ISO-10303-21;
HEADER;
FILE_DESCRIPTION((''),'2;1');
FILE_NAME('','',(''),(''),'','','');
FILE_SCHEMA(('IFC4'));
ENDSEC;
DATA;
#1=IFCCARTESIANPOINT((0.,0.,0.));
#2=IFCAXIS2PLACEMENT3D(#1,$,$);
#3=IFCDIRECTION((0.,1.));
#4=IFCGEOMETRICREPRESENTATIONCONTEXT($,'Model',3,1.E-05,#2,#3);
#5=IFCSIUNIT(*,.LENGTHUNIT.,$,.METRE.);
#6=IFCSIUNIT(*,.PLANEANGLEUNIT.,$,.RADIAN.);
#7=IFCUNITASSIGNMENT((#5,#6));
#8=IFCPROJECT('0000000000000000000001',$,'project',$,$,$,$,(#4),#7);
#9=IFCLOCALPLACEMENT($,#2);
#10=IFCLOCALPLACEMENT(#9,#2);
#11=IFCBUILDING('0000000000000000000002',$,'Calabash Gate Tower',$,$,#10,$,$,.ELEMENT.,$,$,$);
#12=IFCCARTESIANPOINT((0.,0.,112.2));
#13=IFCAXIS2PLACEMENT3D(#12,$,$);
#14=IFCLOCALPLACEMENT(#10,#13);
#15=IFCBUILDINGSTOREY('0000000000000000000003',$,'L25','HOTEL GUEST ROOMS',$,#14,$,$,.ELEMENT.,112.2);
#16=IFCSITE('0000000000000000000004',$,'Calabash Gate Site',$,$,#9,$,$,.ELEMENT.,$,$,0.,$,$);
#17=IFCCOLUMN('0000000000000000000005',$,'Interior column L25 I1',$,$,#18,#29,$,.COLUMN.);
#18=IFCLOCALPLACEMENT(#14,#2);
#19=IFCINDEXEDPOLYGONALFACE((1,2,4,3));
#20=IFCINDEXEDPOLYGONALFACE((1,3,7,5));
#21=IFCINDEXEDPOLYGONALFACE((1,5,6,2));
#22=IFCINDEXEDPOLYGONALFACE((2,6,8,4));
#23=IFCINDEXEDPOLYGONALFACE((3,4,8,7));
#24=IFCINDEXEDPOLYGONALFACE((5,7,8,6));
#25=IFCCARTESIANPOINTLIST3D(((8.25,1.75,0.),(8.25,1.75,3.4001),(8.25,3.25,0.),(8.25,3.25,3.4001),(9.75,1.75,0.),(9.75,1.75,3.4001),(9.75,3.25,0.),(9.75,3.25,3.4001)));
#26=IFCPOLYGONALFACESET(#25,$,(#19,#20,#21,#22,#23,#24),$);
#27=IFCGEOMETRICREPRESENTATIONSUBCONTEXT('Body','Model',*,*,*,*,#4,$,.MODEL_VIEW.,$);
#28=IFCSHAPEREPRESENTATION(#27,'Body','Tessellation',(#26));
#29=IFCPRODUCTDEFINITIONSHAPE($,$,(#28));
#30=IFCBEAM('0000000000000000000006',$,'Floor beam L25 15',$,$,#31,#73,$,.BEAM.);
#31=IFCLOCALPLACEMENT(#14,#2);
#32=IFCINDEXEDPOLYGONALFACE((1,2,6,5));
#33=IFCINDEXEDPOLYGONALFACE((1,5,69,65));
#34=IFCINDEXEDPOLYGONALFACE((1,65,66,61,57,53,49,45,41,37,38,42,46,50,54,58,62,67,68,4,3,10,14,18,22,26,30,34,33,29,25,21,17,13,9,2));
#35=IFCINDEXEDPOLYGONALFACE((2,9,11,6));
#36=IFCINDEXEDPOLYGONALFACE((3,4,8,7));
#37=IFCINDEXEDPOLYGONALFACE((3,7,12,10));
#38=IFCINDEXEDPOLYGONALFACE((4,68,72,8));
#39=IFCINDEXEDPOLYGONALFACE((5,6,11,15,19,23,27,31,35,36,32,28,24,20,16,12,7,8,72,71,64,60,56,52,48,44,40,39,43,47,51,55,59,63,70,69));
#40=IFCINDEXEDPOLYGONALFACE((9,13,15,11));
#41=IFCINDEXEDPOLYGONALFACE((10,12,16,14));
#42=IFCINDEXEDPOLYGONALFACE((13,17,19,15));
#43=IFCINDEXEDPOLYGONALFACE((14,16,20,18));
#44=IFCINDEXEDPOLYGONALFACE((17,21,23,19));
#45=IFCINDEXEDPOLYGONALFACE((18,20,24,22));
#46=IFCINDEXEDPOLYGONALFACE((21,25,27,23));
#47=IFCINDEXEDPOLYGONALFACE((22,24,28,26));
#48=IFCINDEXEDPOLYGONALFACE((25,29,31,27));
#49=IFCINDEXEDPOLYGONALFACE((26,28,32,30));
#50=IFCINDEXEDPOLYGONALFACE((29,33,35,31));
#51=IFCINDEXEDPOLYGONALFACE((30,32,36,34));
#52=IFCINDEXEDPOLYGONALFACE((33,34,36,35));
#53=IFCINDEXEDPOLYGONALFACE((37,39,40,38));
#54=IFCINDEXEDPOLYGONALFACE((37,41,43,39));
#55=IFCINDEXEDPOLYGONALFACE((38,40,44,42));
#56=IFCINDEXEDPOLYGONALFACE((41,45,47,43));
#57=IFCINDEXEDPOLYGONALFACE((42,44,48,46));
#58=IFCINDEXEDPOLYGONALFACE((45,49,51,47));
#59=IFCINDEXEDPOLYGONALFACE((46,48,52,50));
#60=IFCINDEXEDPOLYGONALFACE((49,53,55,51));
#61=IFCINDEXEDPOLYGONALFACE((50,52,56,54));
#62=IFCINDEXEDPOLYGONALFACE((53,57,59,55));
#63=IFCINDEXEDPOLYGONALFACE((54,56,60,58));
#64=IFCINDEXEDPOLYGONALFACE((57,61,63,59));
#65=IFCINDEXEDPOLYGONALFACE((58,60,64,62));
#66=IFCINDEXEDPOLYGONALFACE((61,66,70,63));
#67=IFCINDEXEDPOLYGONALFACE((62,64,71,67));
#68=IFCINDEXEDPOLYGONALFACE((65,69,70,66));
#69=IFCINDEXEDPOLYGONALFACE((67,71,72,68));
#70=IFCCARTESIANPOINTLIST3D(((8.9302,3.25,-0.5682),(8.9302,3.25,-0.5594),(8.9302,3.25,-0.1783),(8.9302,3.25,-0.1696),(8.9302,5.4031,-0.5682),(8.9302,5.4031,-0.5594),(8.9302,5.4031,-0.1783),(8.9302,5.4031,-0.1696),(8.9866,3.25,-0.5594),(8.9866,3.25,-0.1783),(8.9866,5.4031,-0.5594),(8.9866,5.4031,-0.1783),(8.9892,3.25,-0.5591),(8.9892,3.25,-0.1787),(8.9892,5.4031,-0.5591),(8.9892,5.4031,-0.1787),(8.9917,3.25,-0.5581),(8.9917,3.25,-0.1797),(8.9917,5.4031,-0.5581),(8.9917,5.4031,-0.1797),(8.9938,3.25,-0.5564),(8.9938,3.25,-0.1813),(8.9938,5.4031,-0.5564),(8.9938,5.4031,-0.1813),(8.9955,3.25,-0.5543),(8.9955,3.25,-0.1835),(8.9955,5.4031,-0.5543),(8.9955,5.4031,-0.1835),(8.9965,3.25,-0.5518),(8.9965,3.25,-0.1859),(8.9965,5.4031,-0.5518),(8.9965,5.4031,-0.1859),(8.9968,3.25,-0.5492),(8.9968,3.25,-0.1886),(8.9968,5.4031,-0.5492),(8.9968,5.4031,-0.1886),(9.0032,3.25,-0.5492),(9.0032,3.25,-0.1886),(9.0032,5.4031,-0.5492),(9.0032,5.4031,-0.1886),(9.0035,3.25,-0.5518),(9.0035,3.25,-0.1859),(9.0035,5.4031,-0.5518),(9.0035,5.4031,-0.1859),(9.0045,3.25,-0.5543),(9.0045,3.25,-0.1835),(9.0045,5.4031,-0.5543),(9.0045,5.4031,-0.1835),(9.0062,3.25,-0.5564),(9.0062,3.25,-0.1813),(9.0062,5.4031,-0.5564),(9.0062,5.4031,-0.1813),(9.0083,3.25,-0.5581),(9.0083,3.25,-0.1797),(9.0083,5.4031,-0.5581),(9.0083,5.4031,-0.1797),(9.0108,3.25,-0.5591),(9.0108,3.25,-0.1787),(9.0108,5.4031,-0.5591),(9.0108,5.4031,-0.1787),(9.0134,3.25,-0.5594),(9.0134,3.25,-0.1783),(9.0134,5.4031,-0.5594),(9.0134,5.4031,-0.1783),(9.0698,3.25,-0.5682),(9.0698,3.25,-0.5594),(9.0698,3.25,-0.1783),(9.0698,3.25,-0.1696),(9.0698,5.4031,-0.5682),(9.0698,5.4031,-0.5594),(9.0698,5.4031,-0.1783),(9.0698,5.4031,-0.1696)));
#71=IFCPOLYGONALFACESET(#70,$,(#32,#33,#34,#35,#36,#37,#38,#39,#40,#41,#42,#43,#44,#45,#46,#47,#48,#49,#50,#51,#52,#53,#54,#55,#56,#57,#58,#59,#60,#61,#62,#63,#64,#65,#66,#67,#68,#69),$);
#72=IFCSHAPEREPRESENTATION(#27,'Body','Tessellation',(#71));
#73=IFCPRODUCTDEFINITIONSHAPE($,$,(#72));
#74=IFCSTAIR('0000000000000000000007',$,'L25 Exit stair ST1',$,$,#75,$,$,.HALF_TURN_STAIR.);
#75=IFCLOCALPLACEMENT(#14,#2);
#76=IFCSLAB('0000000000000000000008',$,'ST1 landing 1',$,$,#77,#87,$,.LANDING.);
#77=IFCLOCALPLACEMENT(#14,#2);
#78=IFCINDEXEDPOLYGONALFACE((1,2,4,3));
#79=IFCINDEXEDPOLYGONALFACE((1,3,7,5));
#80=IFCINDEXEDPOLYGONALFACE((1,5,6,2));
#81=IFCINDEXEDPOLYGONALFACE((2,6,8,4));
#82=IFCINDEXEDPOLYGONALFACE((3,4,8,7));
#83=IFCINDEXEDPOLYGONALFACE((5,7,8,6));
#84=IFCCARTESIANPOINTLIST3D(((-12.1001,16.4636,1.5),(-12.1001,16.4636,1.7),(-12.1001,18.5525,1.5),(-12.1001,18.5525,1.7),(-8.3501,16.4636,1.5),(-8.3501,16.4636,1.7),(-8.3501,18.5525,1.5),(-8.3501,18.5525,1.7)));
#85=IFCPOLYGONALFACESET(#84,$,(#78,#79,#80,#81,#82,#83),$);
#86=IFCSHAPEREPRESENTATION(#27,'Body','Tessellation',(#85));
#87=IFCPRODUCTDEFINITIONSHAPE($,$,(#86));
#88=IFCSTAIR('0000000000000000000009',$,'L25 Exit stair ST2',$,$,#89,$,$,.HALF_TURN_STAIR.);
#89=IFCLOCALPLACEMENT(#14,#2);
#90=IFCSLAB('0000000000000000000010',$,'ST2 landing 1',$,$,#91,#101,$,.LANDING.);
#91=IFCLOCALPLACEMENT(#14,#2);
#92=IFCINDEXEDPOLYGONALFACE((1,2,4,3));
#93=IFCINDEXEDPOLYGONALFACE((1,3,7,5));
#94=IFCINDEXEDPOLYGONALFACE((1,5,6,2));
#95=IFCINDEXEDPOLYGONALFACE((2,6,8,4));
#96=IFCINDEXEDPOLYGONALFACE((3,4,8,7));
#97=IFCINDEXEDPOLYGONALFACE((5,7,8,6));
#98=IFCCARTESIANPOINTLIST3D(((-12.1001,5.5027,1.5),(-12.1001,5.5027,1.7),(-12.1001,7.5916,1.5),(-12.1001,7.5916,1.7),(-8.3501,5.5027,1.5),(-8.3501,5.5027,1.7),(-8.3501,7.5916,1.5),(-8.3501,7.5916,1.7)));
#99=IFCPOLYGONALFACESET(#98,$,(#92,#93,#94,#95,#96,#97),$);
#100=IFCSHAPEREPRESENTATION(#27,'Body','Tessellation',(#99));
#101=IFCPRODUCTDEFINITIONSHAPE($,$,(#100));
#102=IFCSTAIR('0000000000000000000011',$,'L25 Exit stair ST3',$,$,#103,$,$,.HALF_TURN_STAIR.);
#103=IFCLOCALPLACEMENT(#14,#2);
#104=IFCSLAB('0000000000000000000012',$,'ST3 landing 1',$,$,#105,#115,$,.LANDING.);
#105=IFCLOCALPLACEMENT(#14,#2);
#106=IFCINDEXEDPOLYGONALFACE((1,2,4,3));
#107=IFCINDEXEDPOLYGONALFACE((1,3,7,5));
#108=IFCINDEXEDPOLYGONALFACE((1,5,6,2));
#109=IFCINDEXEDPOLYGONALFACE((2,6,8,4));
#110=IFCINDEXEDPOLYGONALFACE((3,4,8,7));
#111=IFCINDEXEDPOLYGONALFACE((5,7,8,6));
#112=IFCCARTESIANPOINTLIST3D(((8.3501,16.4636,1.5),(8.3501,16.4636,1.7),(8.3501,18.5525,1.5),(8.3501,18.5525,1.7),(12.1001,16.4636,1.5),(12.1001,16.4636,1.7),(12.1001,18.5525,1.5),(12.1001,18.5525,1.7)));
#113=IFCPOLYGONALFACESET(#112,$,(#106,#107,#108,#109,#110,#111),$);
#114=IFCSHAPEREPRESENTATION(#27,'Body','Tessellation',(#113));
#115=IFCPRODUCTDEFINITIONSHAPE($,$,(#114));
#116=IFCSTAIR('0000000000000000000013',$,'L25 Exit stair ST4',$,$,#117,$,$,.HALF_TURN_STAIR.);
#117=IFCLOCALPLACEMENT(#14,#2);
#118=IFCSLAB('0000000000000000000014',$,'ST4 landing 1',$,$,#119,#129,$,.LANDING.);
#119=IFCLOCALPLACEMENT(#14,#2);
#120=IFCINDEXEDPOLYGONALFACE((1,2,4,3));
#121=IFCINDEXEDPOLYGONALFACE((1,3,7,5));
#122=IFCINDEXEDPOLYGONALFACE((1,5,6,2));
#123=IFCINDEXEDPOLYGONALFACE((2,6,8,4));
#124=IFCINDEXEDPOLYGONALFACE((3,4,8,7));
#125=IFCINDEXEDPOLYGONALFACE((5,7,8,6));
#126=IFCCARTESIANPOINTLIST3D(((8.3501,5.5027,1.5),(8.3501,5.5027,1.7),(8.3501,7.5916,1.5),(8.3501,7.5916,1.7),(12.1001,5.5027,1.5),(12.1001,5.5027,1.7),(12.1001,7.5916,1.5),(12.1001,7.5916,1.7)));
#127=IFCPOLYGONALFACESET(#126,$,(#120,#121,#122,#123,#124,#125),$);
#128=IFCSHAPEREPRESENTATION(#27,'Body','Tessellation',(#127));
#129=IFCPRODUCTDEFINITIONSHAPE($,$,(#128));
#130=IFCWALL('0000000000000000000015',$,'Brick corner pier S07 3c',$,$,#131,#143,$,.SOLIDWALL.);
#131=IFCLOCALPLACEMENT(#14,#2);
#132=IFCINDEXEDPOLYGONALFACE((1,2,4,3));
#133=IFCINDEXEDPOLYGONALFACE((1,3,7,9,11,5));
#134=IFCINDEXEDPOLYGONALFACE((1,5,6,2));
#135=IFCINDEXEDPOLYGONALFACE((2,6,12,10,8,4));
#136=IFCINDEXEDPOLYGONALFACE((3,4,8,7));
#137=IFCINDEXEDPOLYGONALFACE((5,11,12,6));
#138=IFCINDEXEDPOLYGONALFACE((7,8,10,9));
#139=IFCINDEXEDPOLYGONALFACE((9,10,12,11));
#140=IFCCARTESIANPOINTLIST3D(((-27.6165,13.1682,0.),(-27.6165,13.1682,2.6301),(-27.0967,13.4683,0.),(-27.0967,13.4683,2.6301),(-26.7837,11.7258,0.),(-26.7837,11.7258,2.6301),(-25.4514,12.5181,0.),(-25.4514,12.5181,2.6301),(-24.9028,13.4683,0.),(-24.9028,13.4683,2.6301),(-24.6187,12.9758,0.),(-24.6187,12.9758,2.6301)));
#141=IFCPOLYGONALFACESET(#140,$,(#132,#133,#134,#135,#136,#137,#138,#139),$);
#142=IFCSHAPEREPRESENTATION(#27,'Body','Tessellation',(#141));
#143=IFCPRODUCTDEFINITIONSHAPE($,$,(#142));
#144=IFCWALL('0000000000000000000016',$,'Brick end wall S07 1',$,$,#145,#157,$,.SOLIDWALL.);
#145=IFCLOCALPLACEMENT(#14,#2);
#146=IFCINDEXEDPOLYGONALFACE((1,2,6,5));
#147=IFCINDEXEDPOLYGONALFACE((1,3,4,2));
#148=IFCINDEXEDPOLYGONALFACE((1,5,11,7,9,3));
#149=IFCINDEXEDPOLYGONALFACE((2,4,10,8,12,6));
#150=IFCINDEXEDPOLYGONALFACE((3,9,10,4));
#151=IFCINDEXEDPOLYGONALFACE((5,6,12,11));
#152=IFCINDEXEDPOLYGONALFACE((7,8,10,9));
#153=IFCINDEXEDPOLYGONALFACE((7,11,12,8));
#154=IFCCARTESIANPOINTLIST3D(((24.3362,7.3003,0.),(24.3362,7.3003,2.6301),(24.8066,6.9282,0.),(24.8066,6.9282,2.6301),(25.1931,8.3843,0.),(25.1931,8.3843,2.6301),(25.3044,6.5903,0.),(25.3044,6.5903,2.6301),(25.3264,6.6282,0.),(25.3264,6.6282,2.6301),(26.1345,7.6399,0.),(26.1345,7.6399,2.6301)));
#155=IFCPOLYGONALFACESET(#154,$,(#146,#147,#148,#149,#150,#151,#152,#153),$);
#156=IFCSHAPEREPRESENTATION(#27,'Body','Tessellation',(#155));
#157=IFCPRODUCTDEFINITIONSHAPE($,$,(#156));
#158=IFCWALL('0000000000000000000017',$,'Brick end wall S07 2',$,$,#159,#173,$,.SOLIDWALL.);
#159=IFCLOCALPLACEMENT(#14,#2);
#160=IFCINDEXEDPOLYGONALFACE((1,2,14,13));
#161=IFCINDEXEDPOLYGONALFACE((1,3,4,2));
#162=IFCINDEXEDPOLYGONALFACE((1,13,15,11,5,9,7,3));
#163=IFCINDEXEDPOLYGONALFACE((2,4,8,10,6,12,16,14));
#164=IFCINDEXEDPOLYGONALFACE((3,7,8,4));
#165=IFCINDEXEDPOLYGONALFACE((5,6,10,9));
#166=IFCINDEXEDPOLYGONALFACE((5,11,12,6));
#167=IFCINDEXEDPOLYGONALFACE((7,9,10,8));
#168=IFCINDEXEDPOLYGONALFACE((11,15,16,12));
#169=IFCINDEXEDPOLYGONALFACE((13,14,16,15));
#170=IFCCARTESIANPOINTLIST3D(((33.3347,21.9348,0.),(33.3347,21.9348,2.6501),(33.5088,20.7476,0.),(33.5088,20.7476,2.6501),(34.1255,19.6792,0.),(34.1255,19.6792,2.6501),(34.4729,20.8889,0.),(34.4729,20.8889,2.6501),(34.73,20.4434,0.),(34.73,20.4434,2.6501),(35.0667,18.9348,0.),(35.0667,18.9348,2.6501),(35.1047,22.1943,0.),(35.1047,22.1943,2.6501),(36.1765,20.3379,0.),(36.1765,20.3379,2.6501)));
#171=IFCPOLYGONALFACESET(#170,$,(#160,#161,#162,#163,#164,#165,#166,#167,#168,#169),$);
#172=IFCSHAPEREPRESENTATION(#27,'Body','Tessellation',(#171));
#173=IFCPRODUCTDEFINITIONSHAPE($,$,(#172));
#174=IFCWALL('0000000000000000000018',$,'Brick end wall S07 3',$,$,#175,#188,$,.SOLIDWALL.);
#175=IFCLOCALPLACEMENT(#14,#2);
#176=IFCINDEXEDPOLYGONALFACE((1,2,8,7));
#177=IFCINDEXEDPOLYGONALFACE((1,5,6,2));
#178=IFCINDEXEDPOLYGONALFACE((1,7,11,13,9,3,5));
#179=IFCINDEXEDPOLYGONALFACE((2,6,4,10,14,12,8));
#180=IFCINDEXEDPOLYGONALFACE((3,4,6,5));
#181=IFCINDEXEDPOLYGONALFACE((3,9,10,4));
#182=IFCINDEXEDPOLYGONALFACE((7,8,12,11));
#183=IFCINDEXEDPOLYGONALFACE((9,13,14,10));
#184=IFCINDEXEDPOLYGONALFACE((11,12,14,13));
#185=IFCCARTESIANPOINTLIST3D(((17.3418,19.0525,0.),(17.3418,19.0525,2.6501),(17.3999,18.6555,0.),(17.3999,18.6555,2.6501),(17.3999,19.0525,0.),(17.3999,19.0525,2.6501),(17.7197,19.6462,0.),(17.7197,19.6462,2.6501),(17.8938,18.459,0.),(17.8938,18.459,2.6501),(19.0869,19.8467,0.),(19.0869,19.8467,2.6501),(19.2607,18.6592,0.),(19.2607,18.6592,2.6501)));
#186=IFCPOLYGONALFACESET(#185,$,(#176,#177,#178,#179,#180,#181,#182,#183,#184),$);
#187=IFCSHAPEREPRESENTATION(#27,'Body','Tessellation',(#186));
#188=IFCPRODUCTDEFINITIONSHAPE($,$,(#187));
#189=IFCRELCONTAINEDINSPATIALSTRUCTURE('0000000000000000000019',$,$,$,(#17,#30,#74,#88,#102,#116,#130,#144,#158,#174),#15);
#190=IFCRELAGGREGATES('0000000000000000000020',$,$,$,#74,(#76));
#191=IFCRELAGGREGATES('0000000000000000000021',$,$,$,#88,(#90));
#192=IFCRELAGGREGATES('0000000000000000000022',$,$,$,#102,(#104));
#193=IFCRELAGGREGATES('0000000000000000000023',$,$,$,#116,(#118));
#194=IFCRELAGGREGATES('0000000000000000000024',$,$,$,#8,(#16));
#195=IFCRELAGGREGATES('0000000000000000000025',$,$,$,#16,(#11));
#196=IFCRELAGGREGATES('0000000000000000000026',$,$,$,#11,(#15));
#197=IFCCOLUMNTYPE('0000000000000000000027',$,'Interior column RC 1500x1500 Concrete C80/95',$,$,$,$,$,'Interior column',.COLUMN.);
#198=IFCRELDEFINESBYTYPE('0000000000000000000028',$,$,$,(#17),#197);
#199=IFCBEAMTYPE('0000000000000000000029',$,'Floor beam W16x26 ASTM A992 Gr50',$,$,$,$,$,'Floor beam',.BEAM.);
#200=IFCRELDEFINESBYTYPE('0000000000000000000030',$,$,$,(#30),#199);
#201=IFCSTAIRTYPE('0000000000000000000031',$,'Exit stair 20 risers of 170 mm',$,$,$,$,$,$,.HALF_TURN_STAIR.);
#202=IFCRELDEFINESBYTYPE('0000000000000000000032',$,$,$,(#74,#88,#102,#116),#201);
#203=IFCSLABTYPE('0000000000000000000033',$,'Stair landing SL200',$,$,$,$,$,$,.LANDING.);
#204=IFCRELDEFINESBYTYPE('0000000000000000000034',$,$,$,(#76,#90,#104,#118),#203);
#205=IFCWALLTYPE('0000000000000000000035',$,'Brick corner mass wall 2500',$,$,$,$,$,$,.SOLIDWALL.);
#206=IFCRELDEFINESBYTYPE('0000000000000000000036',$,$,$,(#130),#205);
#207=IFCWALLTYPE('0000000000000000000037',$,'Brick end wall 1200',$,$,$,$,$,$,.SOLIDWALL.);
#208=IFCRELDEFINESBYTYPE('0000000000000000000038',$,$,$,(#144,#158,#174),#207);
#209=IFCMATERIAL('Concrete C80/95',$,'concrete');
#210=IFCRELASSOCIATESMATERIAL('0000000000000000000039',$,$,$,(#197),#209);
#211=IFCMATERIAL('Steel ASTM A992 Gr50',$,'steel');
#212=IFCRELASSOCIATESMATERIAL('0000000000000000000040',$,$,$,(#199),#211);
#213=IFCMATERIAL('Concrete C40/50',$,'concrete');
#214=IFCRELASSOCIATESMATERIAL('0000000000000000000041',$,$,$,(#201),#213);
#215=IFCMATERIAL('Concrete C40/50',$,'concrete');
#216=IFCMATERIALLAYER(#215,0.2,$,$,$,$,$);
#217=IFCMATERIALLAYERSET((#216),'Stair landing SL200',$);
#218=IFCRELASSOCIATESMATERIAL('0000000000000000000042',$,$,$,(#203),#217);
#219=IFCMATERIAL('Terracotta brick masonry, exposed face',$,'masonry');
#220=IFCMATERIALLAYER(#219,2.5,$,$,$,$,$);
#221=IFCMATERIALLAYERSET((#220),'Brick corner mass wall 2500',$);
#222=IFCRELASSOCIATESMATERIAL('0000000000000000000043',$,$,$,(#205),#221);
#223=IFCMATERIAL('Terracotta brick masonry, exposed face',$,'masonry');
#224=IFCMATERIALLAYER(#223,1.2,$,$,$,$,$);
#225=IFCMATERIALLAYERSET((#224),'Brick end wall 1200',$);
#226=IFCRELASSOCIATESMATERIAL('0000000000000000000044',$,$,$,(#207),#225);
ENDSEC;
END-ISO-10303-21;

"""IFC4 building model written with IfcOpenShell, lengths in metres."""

from ifc_helpers import new_model, si_unit, direction, frame, origin, origin_2d, place, context, subcontext, project, spatial, polyline, rectangle, i_section, outline, extrude, material, layer, layer_set, material_profile, profile_set, type_object, element, aggregate, save


model = new_model("IFC4")

# Units and contexts
model_context = context("Model", 3, precision=1e-05, world=origin(), true_north=direction((0.0, 1.0)))
body_context = subcontext(model_context, "Body", "Model", "MODEL_VIEW")
ifc_project = project(units=[si_unit("LENGTHUNIT", "METRE"), si_unit("PLANEANGLEUNIT", "RADIAN")], contexts=[model_context])

# Site, building, storey
site_placement = place(None, origin())
site = spatial("IfcSite", under=ifc_project, at=site_placement, Name="Calabash Gate Site", CompositionType="ELEMENT", RefElevation=0.0)
building_placement = place(site_placement, origin())
building = spatial("IfcBuilding", under=site, at=building_placement, Name="Calabash Gate Tower", CompositionType="ELEMENT")
storey_placement = place(building_placement, frame((0.0, 0.0, 112.2)))
storey = spatial("IfcBuildingStorey", under=building, at=storey_placement, Name="L25", Description="HOTEL GUEST ROOMS", CompositionType="ELEMENT", Elevation=112.2)

# Column
ifc_material_1 = material(Name="Concrete C80/95", Category="concrete")
ifc_material_profile_1 = material_profile(ifc_material_1, rectangle(XDim=1.5, YDim=1.5, at=origin_2d()))
ifc_profile_set_1 = profile_set([ifc_material_profile_1], Name="Concrete C80/95")
column_type = type_object("IfcColumnType", Name="Interior column RC 1500x1500 Concrete C80/95", ElementType="Interior column", PredefinedType="COLUMN", material=ifc_profile_set_1)
column_placement = place(storey_placement, frame((9.0, 2.5, 0.0), z_axis=(0.0, 0.0, 1.0), x_axis=(1.0, 0.0, 0.0)))
element("IfcColumn", 1, at=column_placement, inside=storey, type_object=column_type, Name="Interior column L25 I1", PredefinedType="COLUMN", context=body_context, shape_type="SweptSolid", body=[
    extrude(rectangle(XDim=1.5, YDim=1.5, at=origin_2d()), origin(), (0.0, 0.0, 1.0), 3.4001),
])

# Beam
ifc_material_2 = material(Name="Steel ASTM A992 Gr50", Category="steel")
ifc_material_profile_2 = material_profile(ifc_material_2, i_section(OverallWidth=0.1396, OverallDepth=0.3987, WebThickness=0.0063, FlangeThickness=0.0088, FilletRadius=0.0103, at=origin_2d()))
ifc_profile_set_2 = profile_set([ifc_material_profile_2], Name="Steel ASTM A992 Gr50")
beam_type = type_object("IfcBeamType", Name="Floor beam W16x26 ASTM A992 Gr50", ElementType="Floor beam", PredefinedType="BEAM", material=ifc_profile_set_2)
beam_placement = place(storey_placement, frame((9.0, 3.25, -0.3689), z_axis=(0.0, 1.0, 0.0), x_axis=(-1.0, 0.0, 0.0)))
element("IfcBeam", 2, at=beam_placement, inside=storey, type_object=beam_type, Name="Floor beam L25 15", PredefinedType="BEAM", context=body_context, shape_type="SweptSolid", body=[
    extrude(i_section(OverallWidth=0.1396, OverallDepth=0.3987, WebThickness=0.0063, FlangeThickness=0.0088, FilletRadius=0.0103, at=origin_2d()), origin(), (0.0, 0.0, 1.0), 2.1531),
])

# Stairs, slabs
ifc_material_3 = material(Name="Concrete C40/50", Category="concrete")
stair_type = type_object("IfcStairType", Name="Exit stair 20 risers of 170 mm", PredefinedType="HALF_TURN_STAIR", material=ifc_material_3)
stair_1_placement = place(storey_placement, origin())
stair_1 = element("IfcStair", 3, at=stair_1_placement, inside=storey, type_object=stair_type, Name="L25 Exit stair ST1", PredefinedType="HALF_TURN_STAIR")
ifc_material_4 = material(Name="Concrete C40/50", Category="concrete")
ifc_layer_1 = layer(ifc_material_4, 0.2)
ifc_layer_set_1 = layer_set([ifc_layer_1], Name="Stair landing SL200")
slab_type = type_object("IfcSlabType", Name="Stair landing SL200", PredefinedType="LANDING", material=ifc_layer_set_1)
slab_1_placement = place(storey_placement, frame((0.0, 0.0, 1.5)))
slab_1 = element("IfcSlab", 4, at=slab_1_placement, type_object=slab_type, Name="ST1 landing 1", PredefinedType="LANDING", context=body_context, shape_type="SweptSolid", body=[
    extrude(outline(polyline([(-8.3501, 16.4636), (-8.3501, 18.5525), (-12.1001, 18.5525), (-12.1001, 16.4636), (-8.3501, 16.4636)])), origin(), (0.0, 0.0, 1.0), 0.2),
])
aggregate(stair_1, [slab_1])
stair_2_placement = place(storey_placement, origin())
stair_2 = element("IfcStair", 5, at=stair_2_placement, inside=storey, type_object=stair_type, Name="L25 Exit stair ST2", PredefinedType="HALF_TURN_STAIR")
slab_2_placement = place(storey_placement, frame((0.0, 0.0, 1.5)))
slab_2 = element("IfcSlab", 6, at=slab_2_placement, type_object=slab_type, Name="ST2 landing 1", PredefinedType="LANDING", context=body_context, shape_type="SweptSolid", body=[
    extrude(outline(polyline([(-12.1001, 7.5916), (-12.1001, 5.5027), (-8.3501, 5.5027), (-8.3501, 7.5916), (-12.1001, 7.5916)])), origin(), (0.0, 0.0, 1.0), 0.2),
])
aggregate(stair_2, [slab_2])
stair_3_placement = place(storey_placement, origin())
stair_3 = element("IfcStair", 7, at=stair_3_placement, inside=storey, type_object=stair_type, Name="L25 Exit stair ST3", PredefinedType="HALF_TURN_STAIR")
slab_3_placement = place(storey_placement, frame((0.0, 0.0, 1.5)))
slab_3 = element("IfcSlab", 8, at=slab_3_placement, type_object=slab_type, Name="ST3 landing 1", PredefinedType="LANDING", context=body_context, shape_type="SweptSolid", body=[
    extrude(outline(polyline([(12.1001, 16.4636), (12.1001, 18.5525), (8.3501, 18.5525), (8.3501, 16.4636), (12.1001, 16.4636)])), origin(), (0.0, 0.0, 1.0), 0.2),
])
aggregate(stair_3, [slab_3])
stair_4_placement = place(storey_placement, origin())
stair_4 = element("IfcStair", 9, at=stair_4_placement, inside=storey, type_object=stair_type, Name="L25 Exit stair ST4", PredefinedType="HALF_TURN_STAIR")
slab_4_placement = place(storey_placement, frame((0.0, 0.0, 1.5)))
slab_4 = element("IfcSlab", 10, at=slab_4_placement, type_object=slab_type, Name="ST4 landing 1", PredefinedType="LANDING", context=body_context, shape_type="SweptSolid", body=[
    extrude(outline(polyline([(8.3501, 7.5916), (8.3501, 5.5027), (12.1001, 5.5027), (12.1001, 7.5916), (8.3501, 7.5916)])), origin(), (0.0, 0.0, 1.0), 0.2),
])
aggregate(stair_4, [slab_4])

# Walls
ifc_material_5 = material(Name="Terracotta brick masonry, exposed face", Category="masonry")
ifc_layer_2 = layer(ifc_material_5, 2.5)
ifc_layer_set_2 = layer_set([ifc_layer_2], Name="Brick corner mass wall 2500")
wall_type_1 = type_object("IfcWallType", Name="Brick corner mass wall 2500", PredefinedType="SOLIDWALL", material=ifc_layer_set_2)
wall_1_placement = place(storey_placement, origin())
element("IfcWall", 11, at=wall_1_placement, inside=storey, type_object=wall_type_1, Name="Brick corner pier S07 3c", PredefinedType="SOLIDWALL", context=body_context, shape_type="SweptSolid", body=[
    extrude(outline(polyline([(-26.7837, 11.7258), (-24.6187, 12.9758), (-24.9028, 13.4683), (-25.4514, 12.5181), (-27.0967, 13.4683), (-27.6165, 13.1682), (-26.7837, 11.7258)])), origin(), (0.0, 0.0, 1.0), 2.6301),
])
ifc_material_6 = material(Name="Terracotta brick masonry, exposed face", Category="masonry")
ifc_layer_3 = layer(ifc_material_6, 1.2)
ifc_layer_set_3 = layer_set([ifc_layer_3], Name="Brick end wall 1200")
wall_type_2 = type_object("IfcWallType", Name="Brick end wall 1200", PredefinedType="SOLIDWALL", material=ifc_layer_set_3)
wall_2_placement = place(storey_placement, origin())
element("IfcWall", 12, at=wall_2_placement, inside=storey, type_object=wall_type_2, Name="Brick end wall S07 1", PredefinedType="SOLIDWALL", context=body_context, shape_type="SweptSolid", body=[
    extrude(outline(polyline([(25.1931, 8.3843), (24.3362, 7.3003), (24.8066, 6.9282), (25.3264, 6.6282), (25.3044, 6.5903), (26.1345, 7.6399), (25.1931, 8.3843)])), origin(), (0.0, 0.0, 1.0), 2.6301),
])
wall_3_placement = place(storey_placement, origin())
element("IfcWall", 13, at=wall_3_placement, inside=storey, type_object=wall_type_2, Name="Brick end wall S07 2", PredefinedType="SOLIDWALL", context=body_context, shape_type="SweptSolid", body=[
    extrude(outline(polyline([(35.0667, 18.9348), (36.1765, 20.3379), (35.1047, 22.1943), (33.3347, 21.9348), (33.5088, 20.7476), (34.4729, 20.8889), (34.73, 20.4434), (34.1255, 19.6792), (35.0667, 18.9348)])), origin(), (0.0, 0.0, 1.0), 2.6501),
])
wall_4_placement = place(storey_placement, origin())
element("IfcWall", 14, at=wall_4_placement, inside=storey, type_object=wall_type_2, Name="Brick end wall S07 3", PredefinedType="SOLIDWALL", context=body_context, shape_type="SweptSolid", body=[
    extrude(outline(polyline([(17.7197, 19.6462), (17.3418, 19.0525), (17.3999, 19.0525), (17.3999, 18.6555), (17.8938, 18.459), (19.2607, 18.6592), (19.0869, 19.8467), (17.7197, 19.6462)])), origin(), (0.0, 0.0, 1.0), 2.6501),
])

save(model, "model.ifc")
